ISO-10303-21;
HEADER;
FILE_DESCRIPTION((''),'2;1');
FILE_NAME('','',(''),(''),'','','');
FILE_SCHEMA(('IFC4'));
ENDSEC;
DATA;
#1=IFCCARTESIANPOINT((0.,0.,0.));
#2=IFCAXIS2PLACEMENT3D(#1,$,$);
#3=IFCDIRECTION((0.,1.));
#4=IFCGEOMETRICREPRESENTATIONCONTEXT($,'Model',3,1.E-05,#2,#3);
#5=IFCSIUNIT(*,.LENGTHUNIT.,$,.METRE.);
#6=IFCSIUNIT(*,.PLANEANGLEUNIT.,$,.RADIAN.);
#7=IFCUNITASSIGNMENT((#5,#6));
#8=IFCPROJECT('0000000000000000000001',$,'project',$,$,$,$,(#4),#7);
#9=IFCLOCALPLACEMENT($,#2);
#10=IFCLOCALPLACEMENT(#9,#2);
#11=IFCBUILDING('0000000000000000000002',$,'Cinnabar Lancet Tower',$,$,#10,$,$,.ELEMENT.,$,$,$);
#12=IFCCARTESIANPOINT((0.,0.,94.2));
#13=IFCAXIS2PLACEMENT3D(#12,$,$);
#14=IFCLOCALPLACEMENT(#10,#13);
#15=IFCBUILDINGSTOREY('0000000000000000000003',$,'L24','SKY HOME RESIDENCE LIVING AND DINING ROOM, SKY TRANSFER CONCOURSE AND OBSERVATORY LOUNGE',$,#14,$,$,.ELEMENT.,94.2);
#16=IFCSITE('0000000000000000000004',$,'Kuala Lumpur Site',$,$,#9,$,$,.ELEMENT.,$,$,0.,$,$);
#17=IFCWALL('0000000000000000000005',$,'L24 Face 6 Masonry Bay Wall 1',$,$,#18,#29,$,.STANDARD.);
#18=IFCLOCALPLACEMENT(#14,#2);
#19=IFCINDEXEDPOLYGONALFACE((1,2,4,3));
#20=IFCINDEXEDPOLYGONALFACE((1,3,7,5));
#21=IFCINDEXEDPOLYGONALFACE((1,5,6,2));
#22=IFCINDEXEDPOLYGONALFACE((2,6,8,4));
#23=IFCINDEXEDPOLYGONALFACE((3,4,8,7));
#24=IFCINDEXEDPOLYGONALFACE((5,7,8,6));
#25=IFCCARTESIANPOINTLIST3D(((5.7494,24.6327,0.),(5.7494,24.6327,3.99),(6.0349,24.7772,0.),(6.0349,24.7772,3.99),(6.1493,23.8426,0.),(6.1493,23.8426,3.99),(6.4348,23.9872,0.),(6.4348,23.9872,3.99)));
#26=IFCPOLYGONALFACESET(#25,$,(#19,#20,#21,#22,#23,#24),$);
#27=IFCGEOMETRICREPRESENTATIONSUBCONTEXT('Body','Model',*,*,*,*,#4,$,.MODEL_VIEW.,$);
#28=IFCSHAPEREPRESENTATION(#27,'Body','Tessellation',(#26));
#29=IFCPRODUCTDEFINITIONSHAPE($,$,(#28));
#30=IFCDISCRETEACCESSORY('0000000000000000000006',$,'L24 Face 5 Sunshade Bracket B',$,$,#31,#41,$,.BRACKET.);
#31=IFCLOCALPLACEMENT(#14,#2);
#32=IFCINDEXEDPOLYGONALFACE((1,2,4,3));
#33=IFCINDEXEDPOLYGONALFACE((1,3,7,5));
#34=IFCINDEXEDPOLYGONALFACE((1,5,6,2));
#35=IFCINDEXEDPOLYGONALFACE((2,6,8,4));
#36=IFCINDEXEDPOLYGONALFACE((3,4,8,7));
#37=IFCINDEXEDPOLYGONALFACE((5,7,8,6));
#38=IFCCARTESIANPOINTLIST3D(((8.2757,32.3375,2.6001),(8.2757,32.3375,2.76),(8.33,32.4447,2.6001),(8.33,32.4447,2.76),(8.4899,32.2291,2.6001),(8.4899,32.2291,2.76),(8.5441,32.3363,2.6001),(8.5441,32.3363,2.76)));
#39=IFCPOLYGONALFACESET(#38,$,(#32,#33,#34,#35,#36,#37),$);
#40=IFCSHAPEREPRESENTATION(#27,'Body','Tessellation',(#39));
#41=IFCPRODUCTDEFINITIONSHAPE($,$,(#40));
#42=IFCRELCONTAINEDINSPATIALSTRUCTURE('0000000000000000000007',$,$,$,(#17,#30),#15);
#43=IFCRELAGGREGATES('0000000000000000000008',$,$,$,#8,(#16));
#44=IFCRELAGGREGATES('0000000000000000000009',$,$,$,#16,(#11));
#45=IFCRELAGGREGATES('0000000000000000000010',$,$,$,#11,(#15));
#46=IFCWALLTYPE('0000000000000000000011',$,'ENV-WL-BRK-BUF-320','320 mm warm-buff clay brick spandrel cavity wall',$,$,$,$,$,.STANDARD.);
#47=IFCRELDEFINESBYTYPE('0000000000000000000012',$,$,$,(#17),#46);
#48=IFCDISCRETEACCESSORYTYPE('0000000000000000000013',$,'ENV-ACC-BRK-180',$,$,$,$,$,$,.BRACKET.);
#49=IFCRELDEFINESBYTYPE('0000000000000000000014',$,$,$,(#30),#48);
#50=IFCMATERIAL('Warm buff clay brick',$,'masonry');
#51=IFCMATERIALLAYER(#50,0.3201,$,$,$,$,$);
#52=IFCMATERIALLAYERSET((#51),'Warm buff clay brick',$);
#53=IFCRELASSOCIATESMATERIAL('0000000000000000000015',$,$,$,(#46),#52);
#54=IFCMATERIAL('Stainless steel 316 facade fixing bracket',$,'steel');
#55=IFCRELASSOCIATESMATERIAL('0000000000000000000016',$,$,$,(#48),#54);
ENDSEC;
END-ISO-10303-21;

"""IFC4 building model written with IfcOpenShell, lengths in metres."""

from ifc_helpers import new_model, si_unit, direction, frame, frame_2d, origin, origin_2d, place, context, subcontext, project, spatial, rectangle, extrude, material, layer, layer_set, type_object, element, save


model = new_model("IFC4")

# Units and contexts
model_context = context("Model", 3, precision=1e-05, world=origin(), true_north=direction((0.0, 1.0)))
body_context = subcontext(model_context, "Body", "Model", "MODEL_VIEW")
ifc_project = project(units=[si_unit("LENGTHUNIT", "METRE"), si_unit("PLANEANGLEUNIT", "RADIAN")], contexts=[model_context])

# Site, building, storey
site_placement = place(None, origin())
site = spatial("IfcSite", under=ifc_project, at=site_placement, Name="Kuala Lumpur Site", CompositionType="ELEMENT", RefElevation=0.0)
building_placement = place(site_placement, origin())
building = spatial("IfcBuilding", under=site, at=building_placement, Name="Cinnabar Lancet Tower", CompositionType="ELEMENT")
storey_placement = place(building_placement, frame((0.0, 0.0, 94.2)))
storey = spatial("IfcBuildingStorey", under=building, at=storey_placement, Name="L24", Description="SKY HOME RESIDENCE LIVING AND DINING ROOM, SKY TRANSFER CONCOURSE AND OBSERVATORY LOUNGE", CompositionType="ELEMENT", Elevation=94.2)

# Shared definitions
ifc_material_1 = material(Name="Warm buff clay brick", Category="masonry")
ifc_layer_1 = layer(ifc_material_1, 0.3201)
ifc_layer_set_1 = layer_set([ifc_layer_1], Name="Warm buff clay brick")
wall_type_1 = type_object("IfcWallType", Name="ENV-WL-BRK-BUF-320", Description="320 mm warm-buff clay brick spandrel cavity wall", PredefinedType="STANDARD", material=ifc_layer_set_1)

# Wall
for number, where, z_axis, x_axis, name in (
    (1, (5.8921, 24.7051, 0.0), (0.0, 0.0, 1.0), (0.45162, -0.892211, 0.0), "L24 Face 6 Masonry Bay Wall 1"),
):
    element("IfcWall", number, at=place(storey_placement, frame(where, z_axis=z_axis, x_axis=x_axis)), inside=storey, type_object=wall_type_1, Name=name, PredefinedType="STANDARD", context=body_context, shape_type="SweptSolid", body=[
        extrude(rectangle(XDim=0.8855, YDim=0.3201, at=frame_2d((0.4429, 0.0))), origin(), (0.0, 0.0, 1.0), 3.99),
    ])

# Discrete accessory
ifc_material_2 = material(Name="Stainless steel 316 facade fixing bracket", Category="steel")
discrete_accessory_type = type_object("IfcDiscreteAccessoryType", Name="ENV-ACC-BRK-180", PredefinedType="BRACKET", material=ifc_material_2)
discrete_accessory_placement = place(storey_placement, frame((8.4099, 32.3369, 2.6001), z_axis=(0.0, 0.0, 1.0), x_axis=(-0.451501, -0.892271, 0.0)))
element("IfcDiscreteAccessory", 2, at=discrete_accessory_placement, inside=storey, type_object=discrete_accessory_type, Name="L24 Face 5 Sunshade Bracket B", PredefinedType="BRACKET", context=body_context, shape_type="SweptSolid", body=[
    extrude(rectangle(XDim=0.1201, YDim=0.24, at=origin_2d()), origin(), (0.0, 0.0, 1.0), 0.1599),
])

save(model, "model.ifc")
